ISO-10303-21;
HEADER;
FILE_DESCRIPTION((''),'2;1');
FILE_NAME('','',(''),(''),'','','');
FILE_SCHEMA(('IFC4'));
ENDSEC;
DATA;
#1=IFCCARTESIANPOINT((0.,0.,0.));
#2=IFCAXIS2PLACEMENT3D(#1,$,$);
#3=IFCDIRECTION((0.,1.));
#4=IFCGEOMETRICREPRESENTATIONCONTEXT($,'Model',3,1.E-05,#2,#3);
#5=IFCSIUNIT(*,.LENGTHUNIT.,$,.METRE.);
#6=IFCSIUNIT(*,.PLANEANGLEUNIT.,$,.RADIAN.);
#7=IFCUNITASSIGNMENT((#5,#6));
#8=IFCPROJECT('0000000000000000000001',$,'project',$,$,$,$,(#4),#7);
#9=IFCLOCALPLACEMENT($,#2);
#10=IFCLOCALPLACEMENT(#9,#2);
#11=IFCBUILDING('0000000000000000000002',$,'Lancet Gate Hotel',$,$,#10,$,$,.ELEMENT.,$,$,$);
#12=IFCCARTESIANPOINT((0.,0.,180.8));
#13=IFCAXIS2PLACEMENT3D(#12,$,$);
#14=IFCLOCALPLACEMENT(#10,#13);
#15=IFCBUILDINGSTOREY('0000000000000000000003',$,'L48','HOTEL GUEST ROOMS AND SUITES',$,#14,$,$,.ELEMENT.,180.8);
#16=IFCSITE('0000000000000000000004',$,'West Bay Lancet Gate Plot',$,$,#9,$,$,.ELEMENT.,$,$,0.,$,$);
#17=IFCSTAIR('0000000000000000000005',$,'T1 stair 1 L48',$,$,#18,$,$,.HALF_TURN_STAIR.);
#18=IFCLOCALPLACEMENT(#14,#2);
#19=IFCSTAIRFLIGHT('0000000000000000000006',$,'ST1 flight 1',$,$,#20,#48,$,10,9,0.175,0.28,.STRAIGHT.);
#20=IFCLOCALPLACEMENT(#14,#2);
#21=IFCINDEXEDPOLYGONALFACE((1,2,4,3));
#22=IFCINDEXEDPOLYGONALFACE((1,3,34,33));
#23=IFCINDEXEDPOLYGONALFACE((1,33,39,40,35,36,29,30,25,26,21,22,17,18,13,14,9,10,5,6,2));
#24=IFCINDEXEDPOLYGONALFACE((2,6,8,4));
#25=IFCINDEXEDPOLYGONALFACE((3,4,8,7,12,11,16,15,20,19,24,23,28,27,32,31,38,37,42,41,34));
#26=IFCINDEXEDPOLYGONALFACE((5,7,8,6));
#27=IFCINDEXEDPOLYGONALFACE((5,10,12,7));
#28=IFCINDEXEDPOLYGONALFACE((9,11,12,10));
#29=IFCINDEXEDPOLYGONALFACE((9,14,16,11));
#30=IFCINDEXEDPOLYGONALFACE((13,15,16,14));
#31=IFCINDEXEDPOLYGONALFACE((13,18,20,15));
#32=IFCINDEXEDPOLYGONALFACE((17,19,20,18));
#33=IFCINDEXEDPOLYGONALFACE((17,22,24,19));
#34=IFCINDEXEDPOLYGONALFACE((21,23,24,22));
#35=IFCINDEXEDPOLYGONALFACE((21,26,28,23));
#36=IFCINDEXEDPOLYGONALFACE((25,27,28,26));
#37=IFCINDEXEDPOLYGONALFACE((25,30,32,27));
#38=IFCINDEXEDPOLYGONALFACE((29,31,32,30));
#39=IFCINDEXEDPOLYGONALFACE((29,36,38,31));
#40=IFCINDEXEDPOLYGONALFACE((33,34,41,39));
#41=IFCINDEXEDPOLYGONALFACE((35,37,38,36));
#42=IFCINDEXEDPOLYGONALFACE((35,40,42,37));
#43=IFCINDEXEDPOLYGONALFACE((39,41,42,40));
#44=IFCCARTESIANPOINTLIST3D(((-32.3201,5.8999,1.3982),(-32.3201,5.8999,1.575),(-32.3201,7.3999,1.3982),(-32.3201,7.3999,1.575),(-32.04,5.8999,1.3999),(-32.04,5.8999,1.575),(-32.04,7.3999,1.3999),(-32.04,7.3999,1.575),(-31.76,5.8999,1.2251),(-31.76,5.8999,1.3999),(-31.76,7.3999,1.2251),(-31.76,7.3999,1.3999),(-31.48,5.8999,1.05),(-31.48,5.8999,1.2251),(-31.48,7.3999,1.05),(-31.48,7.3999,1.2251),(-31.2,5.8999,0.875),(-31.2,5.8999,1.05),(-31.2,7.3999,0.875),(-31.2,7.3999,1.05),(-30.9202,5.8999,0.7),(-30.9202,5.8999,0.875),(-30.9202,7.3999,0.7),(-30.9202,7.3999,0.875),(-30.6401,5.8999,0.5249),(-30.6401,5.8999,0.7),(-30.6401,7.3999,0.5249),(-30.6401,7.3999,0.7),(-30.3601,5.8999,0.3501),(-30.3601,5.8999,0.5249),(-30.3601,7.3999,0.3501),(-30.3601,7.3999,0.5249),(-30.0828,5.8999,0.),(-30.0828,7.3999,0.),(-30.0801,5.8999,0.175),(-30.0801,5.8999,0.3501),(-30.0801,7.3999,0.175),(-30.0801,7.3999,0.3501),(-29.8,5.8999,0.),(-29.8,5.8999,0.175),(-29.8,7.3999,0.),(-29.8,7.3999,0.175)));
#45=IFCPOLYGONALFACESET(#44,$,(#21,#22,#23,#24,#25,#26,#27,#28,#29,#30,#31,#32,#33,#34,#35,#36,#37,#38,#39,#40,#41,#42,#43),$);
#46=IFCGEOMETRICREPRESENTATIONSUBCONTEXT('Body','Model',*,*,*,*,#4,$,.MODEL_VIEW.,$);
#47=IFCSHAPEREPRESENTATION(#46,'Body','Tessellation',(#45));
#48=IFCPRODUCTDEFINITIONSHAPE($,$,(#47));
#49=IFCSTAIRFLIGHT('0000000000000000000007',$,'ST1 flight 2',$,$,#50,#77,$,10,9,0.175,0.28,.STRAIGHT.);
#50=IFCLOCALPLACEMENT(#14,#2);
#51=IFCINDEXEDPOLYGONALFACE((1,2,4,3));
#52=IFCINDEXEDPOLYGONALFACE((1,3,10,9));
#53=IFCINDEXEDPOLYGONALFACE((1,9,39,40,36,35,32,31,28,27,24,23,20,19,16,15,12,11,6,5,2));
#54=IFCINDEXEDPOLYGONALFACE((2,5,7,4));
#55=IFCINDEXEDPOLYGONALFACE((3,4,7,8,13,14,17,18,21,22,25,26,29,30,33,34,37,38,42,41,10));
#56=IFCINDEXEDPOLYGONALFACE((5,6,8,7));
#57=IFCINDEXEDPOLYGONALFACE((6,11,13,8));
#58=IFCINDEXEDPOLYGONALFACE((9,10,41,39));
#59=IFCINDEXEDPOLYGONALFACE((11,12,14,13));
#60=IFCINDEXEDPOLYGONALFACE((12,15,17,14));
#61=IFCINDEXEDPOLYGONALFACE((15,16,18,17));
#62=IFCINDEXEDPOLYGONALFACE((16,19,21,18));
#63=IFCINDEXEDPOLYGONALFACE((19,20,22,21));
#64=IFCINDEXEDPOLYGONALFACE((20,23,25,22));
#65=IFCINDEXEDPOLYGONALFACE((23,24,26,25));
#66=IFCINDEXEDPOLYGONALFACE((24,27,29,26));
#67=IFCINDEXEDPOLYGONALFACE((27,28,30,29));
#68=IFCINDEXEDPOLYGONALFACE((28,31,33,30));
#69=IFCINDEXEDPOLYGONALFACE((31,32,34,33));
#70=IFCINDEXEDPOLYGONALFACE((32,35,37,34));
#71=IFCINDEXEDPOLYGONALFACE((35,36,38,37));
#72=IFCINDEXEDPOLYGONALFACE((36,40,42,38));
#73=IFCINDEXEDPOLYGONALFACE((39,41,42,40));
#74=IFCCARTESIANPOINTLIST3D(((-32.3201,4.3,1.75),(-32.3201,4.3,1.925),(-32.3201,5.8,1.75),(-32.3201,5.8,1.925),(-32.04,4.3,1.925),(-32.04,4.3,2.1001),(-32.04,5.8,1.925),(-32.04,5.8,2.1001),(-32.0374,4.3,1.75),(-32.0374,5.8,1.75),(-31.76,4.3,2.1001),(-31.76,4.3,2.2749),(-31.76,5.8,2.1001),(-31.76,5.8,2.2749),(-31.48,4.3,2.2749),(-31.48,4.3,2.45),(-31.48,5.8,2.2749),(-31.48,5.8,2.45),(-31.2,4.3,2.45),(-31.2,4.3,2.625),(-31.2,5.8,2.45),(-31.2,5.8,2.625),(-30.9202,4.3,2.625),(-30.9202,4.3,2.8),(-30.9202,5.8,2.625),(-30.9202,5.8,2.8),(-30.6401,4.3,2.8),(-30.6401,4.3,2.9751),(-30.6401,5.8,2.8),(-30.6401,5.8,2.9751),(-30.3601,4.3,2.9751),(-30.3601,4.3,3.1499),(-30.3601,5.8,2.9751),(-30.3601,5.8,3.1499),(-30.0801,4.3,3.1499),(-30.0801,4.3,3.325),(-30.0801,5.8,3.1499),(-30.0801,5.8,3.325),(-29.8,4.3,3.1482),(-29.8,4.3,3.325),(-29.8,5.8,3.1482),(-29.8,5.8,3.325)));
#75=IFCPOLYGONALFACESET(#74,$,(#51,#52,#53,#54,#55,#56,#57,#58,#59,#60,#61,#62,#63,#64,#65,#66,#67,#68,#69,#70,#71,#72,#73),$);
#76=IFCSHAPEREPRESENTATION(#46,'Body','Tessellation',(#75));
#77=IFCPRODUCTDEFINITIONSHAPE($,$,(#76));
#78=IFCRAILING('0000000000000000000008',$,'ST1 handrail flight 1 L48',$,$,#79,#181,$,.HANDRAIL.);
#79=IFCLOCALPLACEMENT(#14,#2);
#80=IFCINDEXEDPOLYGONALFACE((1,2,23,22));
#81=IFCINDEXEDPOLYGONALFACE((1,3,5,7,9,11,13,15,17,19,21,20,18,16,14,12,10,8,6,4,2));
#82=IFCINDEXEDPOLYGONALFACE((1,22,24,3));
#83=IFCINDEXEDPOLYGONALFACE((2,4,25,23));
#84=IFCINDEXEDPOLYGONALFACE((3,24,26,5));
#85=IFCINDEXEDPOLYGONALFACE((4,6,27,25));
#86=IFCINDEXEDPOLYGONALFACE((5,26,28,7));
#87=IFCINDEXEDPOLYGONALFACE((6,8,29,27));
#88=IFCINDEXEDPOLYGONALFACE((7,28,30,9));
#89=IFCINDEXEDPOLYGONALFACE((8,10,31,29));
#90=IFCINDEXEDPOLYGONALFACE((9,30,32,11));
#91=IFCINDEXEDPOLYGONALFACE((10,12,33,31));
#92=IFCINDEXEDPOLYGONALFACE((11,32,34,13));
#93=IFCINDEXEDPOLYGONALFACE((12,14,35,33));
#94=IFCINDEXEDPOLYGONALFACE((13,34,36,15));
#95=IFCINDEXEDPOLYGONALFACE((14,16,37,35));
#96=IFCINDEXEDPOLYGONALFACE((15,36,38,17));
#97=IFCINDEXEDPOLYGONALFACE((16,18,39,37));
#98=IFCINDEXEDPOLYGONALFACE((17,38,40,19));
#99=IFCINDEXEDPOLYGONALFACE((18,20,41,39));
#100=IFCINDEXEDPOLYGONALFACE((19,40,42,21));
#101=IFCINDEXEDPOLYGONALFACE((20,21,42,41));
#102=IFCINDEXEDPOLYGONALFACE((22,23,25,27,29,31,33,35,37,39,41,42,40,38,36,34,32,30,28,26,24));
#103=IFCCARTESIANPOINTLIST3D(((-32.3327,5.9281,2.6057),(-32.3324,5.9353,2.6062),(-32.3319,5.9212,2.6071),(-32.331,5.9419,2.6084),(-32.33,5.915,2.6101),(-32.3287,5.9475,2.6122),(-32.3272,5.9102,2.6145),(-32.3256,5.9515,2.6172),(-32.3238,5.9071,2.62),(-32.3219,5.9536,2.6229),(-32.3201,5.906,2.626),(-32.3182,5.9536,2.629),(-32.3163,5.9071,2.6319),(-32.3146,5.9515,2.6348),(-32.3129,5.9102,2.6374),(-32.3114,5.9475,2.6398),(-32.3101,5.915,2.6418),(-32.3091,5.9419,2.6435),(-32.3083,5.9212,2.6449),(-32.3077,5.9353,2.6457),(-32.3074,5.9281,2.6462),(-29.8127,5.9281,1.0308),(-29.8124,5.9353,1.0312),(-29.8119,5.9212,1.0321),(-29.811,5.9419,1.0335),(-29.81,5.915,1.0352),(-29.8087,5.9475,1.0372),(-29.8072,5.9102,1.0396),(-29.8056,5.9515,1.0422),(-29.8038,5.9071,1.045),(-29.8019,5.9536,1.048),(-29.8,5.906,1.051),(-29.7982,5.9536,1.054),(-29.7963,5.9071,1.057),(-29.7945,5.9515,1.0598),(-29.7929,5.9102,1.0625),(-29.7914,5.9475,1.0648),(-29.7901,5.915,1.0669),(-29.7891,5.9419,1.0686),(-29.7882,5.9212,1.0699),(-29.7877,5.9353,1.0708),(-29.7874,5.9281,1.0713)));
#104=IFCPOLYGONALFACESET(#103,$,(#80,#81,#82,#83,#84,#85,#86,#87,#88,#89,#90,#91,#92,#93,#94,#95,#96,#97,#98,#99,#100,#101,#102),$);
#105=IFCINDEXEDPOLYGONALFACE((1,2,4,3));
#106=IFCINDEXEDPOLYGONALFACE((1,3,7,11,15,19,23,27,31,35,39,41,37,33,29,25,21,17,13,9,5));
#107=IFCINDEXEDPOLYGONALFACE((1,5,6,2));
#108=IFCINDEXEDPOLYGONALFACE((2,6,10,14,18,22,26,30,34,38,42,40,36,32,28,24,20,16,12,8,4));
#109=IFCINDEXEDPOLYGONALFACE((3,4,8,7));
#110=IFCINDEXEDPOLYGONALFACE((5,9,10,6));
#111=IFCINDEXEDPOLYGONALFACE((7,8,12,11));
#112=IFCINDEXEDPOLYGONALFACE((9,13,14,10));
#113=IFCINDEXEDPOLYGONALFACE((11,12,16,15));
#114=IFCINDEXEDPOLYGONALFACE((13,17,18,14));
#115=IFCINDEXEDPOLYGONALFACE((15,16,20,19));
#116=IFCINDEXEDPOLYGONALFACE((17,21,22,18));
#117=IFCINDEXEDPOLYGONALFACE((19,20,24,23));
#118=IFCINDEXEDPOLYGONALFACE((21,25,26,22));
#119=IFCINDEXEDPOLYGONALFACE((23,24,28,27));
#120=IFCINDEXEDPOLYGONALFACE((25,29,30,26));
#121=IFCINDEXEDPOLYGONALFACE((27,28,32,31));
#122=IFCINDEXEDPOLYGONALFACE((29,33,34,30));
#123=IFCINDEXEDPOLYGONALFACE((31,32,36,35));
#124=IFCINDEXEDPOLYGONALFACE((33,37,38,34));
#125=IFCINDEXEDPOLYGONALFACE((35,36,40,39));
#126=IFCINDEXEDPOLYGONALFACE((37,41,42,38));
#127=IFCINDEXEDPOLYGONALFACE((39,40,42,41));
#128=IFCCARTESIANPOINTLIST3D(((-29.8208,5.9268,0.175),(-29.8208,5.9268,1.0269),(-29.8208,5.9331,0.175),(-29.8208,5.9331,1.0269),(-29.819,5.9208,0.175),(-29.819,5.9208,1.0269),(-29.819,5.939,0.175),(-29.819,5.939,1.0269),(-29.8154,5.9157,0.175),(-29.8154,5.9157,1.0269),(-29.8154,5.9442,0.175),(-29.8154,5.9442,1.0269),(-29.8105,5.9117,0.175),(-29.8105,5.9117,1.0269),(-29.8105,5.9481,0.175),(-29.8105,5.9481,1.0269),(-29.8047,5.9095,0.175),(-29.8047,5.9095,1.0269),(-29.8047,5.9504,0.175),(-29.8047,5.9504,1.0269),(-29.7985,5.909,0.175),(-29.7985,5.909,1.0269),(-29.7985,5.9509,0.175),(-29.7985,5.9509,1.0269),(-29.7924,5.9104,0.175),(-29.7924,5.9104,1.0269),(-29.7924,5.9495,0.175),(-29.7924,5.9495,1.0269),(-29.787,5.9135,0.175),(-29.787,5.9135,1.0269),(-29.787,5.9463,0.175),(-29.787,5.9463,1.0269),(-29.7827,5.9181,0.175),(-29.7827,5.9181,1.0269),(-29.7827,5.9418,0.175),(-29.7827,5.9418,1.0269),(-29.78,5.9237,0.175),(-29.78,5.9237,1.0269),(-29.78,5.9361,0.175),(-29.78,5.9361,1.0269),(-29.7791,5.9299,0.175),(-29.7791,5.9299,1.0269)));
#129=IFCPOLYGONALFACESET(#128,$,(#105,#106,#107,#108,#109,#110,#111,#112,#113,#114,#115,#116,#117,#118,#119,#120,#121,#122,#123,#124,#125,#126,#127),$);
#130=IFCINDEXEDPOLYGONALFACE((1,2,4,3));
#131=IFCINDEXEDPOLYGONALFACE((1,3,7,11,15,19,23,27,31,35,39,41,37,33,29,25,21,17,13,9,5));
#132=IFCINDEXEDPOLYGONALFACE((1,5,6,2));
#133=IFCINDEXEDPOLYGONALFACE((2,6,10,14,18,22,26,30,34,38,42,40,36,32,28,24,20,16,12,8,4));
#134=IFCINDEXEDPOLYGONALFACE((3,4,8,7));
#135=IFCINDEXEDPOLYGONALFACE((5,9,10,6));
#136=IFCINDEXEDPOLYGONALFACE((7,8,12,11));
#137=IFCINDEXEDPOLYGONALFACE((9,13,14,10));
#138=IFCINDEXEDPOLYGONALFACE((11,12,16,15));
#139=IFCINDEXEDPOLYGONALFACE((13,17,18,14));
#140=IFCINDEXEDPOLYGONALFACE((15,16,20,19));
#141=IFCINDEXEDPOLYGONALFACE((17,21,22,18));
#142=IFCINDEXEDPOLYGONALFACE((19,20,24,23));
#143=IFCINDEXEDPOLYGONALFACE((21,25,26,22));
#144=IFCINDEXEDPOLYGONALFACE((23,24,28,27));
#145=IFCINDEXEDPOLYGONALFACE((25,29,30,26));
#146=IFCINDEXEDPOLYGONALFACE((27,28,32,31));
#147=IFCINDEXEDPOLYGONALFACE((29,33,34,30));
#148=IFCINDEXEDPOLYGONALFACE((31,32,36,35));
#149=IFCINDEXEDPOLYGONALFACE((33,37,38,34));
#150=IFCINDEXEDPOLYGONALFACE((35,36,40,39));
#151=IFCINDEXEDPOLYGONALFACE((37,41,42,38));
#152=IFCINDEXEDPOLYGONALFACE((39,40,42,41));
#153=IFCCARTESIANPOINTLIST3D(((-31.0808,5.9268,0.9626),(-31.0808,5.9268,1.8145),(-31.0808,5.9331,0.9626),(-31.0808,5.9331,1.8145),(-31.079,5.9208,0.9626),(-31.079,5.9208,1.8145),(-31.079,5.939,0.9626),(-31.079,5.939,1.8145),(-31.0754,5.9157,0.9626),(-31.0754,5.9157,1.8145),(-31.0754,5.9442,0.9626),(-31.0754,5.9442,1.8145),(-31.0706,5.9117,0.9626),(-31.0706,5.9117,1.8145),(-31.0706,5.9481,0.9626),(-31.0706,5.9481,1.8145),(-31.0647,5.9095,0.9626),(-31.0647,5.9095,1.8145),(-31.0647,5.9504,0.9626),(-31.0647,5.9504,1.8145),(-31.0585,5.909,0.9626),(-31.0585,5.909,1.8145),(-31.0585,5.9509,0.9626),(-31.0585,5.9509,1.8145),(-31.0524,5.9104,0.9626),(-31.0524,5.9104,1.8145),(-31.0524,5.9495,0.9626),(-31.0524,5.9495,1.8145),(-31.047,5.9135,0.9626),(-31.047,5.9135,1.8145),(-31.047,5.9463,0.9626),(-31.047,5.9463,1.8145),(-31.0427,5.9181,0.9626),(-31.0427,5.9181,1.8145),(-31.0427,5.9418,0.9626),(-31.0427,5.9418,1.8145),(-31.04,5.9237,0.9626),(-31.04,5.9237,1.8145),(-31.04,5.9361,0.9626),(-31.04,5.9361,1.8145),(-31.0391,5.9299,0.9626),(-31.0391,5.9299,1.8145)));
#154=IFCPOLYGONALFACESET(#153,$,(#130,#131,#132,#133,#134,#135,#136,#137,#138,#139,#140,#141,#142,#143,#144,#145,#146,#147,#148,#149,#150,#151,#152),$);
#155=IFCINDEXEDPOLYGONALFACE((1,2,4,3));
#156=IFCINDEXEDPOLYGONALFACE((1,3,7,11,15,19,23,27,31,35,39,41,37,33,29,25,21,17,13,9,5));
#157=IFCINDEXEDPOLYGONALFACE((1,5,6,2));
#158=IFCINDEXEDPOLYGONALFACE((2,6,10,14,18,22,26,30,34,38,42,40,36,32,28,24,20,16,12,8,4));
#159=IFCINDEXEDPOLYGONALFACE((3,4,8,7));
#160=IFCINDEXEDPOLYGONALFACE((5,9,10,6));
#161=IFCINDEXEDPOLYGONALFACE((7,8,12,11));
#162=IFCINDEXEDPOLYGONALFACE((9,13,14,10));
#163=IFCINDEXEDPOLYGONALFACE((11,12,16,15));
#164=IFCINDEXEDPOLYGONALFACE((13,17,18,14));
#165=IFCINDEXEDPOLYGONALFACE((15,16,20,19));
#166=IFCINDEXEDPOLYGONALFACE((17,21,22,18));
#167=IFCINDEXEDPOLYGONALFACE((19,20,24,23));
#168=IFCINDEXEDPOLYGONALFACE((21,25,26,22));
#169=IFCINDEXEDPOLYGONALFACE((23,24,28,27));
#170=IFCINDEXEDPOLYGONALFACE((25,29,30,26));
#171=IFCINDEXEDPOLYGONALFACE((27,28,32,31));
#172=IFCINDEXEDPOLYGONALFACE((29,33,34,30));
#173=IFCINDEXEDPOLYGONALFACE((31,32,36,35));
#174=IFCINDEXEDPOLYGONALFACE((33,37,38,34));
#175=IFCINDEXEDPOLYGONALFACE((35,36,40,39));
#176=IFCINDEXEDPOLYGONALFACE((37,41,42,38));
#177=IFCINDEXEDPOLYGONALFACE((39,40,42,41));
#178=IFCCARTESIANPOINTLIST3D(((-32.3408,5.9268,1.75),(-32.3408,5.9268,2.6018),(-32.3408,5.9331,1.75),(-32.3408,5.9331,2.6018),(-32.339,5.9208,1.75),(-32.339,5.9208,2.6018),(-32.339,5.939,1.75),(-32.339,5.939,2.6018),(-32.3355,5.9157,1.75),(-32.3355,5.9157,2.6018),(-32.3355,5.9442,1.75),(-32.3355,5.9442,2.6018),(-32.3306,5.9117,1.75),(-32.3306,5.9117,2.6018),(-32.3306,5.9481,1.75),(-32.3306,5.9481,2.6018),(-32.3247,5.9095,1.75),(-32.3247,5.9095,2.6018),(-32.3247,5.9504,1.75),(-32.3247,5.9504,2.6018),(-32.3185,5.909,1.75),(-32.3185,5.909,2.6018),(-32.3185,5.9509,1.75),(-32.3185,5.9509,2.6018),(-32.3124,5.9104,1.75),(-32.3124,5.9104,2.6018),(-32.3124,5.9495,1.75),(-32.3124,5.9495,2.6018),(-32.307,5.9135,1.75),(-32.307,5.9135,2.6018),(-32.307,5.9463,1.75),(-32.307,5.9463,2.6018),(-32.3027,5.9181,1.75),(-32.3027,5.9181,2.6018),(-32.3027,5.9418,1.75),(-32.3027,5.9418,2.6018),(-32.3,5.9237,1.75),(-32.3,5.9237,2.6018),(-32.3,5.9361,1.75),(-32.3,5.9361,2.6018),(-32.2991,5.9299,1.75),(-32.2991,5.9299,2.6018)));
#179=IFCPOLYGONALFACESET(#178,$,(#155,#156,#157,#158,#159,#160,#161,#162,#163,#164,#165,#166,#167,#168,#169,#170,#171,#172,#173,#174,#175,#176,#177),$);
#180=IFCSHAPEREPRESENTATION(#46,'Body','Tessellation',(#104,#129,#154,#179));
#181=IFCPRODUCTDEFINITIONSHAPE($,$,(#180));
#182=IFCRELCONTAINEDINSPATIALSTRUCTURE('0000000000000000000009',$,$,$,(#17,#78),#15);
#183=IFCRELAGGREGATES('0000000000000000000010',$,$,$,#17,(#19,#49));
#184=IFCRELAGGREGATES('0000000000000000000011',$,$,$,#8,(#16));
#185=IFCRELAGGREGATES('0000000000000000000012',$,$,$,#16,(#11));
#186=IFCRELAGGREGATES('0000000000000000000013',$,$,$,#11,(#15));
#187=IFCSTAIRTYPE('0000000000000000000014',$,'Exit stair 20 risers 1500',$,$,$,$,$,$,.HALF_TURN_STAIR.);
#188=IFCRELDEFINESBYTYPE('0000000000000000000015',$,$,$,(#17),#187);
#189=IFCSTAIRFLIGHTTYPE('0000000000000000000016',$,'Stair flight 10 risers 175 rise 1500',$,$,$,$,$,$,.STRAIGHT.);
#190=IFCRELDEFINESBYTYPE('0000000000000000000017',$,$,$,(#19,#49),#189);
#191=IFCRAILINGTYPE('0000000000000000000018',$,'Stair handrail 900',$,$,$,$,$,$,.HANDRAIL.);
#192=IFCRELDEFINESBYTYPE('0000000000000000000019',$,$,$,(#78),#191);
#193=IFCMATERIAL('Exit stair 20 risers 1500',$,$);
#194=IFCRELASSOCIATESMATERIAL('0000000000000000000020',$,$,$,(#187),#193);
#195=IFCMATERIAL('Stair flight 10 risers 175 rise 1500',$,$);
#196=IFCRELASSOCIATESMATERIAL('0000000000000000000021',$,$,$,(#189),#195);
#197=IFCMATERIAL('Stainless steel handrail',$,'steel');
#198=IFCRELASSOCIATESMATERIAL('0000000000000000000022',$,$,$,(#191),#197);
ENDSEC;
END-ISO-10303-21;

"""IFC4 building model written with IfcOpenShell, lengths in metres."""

from ifc_helpers import new_model, si_unit, direction, frame, origin, origin_2d, place, context, subcontext, project, spatial, polyline, circle, outline, extrude, material, type_object, element, aggregate, save


model = new_model("IFC4")

# Units and contexts
model_context = context("Model", 3, precision=1e-05, world=origin(), true_north=direction((0.0, 1.0)))
body_context = subcontext(model_context, "Body", "Model", "MODEL_VIEW")
ifc_project = project(units=[si_unit("LENGTHUNIT", "METRE"), si_unit("PLANEANGLEUNIT", "RADIAN")], contexts=[model_context])

# Site, building, storey
site_placement = place(None, origin())
site = spatial("IfcSite", under=ifc_project, at=site_placement, Name="West Bay Lancet Gate Plot", CompositionType="ELEMENT", RefElevation=0.0)
building_placement = place(site_placement, origin())
building = spatial("IfcBuilding", under=site, at=building_placement, Name="Lancet Gate Hotel", CompositionType="ELEMENT")
storey_placement = place(building_placement, frame((0.0, 0.0, 180.8)))
storey = spatial("IfcBuildingStorey", under=building, at=storey_placement, Name="L48", Description="HOTEL GUEST ROOMS AND SUITES", CompositionType="ELEMENT", Elevation=180.8)

# Stair, stair flights
ifc_material_1 = material(Name="Exit stair 20 risers 1500")
stair_type = type_object("IfcStairType", Name="Exit stair 20 risers 1500", PredefinedType="HALF_TURN_STAIR", material=ifc_material_1)
stair_placement = place(storey_placement, origin())
stair = element("IfcStair", 1, at=stair_placement, inside=storey, type_object=stair_type, Name="T1 stair 1 L48", PredefinedType="HALF_TURN_STAIR")
ifc_material_2 = material(Name="Stair flight 10 risers 175 rise 1500")
stair_flight_type = type_object("IfcStairFlightType", Name="Stair flight 10 risers 175 rise 1500", PredefinedType="STRAIGHT", material=ifc_material_2)
stair_flight_1_placement = place(storey_placement, frame((-29.8, 6.6499, 0.0), z_axis=(0.0, 0.0, 1.0), x_axis=(-1.0, 0.0, 0.0)))
stair_flight_1 = element("IfcStairFlight", 2, at=stair_flight_1_placement, type_object=stair_flight_type, Name="ST1 flight 1", NumberOfRisers=10, NumberOfTreads=9, PredefinedType="STRAIGHT", RiserHeight=0.175, TreadLength=0.28, context=body_context, shape_type="SweptSolid", body=[
    extrude(outline(polyline([(0.0, 0.0), (0.0, 0.175), (0.28, 0.175), (0.28, 0.3501), (0.5601, 0.3501), (0.5601, 0.5249), (0.8401, 0.5249), (0.8401, 0.7), (1.1201, 0.7), (1.1201, 0.875), (1.3999, 0.875), (1.3999, 1.05), (1.6799, 1.05), (1.6799, 1.2251), (1.96, 1.2251), (1.96, 1.3999), (2.24, 1.3999), (2.24, 1.575), (2.52, 1.575), (2.52, 1.75), (2.52, 1.3982), (0.2827, 0.0), (0.0, 0.0)])), frame((0.0, 0.75, 0.0), z_axis=(0.0, -1.0, 0.0), x_axis=(1.0, 0.0, 0.0)), (0.0, 0.0, 1.0), 1.5),
])
stair_flight_2_placement = place(storey_placement, frame((-32.3201, 5.05, 1.75), z_axis=(0.0, 0.0, 1.0), x_axis=(1.0, 0.0, 0.0)))
stair_flight_2 = element("IfcStairFlight", 3, at=stair_flight_2_placement, type_object=stair_flight_type, Name="ST1 flight 2", NumberOfRisers=10, NumberOfTreads=9, PredefinedType="STRAIGHT", RiserHeight=0.175, TreadLength=0.28, context=body_context, shape_type="SweptSolid", body=[
    extrude(outline(polyline([(0.0, 0.0), (0.0, 0.175), (0.28, 0.175), (0.28, 0.3501), (0.5601, 0.3501), (0.5601, 0.5249), (0.8401, 0.5249), (0.8401, 0.7), (1.1201, 0.7), (1.1201, 0.875), (1.3999, 0.875), (1.3999, 1.05), (1.6799, 1.05), (1.6799, 1.2251), (1.96, 1.2251), (1.96, 1.3999), (2.24, 1.3999), (2.24, 1.575), (2.52, 1.575), (2.52, 1.75), (2.52, 1.3982), (0.2827, 0.0), (0.0, 0.0)])), frame((0.0, 0.75, 0.0), z_axis=(0.0, -1.0, 0.0), x_axis=(1.0, 0.0, 0.0)), (0.0, 0.0, 1.0), 1.5),
])
aggregate(stair, [stair_flight_1, stair_flight_2])

# Railing
ifc_material_3 = material(Name="Stainless steel handrail", Category="steel")
railing_type = type_object("IfcRailingType", Name="Stair handrail 900", PredefinedType="HANDRAIL", material=ifc_material_3)
railing_1_placement = place(storey_placement, frame((-29.8, 5.9299, 0.175)))
element("IfcRailing", 4, at=railing_1_placement, inside=storey, type_object=railing_type, Name="ST1 handrail flight 1 L48", PredefinedType="HANDRAIL", context=body_context, shape_type="SweptSolid", body=[
    extrude(circle(Radius=0.0239, at=origin_2d()), frame((0.0, 0.0, 0.876), z_axis=(-0.848008, 0.0, 0.529984), x_axis=(0.0, -1.0, 0.0)), (0.0, 0.0, 1.0), 2.9717),
    extrude(circle(Radius=0.021, at=origin_2d()), origin(), (0.0, 0.0, 1.0), 0.8518),
    extrude(circle(Radius=0.021, at=origin_2d()), frame((-1.26, 0.0, 0.7876)), (0.0, 0.0, 1.0), 0.8518),
    extrude(circle(Radius=0.021, at=origin_2d()), frame((-2.52, 0.0, 1.575)), (0.0, 0.0, 1.0), 0.8518),
])

save(model, "model.ifc")
